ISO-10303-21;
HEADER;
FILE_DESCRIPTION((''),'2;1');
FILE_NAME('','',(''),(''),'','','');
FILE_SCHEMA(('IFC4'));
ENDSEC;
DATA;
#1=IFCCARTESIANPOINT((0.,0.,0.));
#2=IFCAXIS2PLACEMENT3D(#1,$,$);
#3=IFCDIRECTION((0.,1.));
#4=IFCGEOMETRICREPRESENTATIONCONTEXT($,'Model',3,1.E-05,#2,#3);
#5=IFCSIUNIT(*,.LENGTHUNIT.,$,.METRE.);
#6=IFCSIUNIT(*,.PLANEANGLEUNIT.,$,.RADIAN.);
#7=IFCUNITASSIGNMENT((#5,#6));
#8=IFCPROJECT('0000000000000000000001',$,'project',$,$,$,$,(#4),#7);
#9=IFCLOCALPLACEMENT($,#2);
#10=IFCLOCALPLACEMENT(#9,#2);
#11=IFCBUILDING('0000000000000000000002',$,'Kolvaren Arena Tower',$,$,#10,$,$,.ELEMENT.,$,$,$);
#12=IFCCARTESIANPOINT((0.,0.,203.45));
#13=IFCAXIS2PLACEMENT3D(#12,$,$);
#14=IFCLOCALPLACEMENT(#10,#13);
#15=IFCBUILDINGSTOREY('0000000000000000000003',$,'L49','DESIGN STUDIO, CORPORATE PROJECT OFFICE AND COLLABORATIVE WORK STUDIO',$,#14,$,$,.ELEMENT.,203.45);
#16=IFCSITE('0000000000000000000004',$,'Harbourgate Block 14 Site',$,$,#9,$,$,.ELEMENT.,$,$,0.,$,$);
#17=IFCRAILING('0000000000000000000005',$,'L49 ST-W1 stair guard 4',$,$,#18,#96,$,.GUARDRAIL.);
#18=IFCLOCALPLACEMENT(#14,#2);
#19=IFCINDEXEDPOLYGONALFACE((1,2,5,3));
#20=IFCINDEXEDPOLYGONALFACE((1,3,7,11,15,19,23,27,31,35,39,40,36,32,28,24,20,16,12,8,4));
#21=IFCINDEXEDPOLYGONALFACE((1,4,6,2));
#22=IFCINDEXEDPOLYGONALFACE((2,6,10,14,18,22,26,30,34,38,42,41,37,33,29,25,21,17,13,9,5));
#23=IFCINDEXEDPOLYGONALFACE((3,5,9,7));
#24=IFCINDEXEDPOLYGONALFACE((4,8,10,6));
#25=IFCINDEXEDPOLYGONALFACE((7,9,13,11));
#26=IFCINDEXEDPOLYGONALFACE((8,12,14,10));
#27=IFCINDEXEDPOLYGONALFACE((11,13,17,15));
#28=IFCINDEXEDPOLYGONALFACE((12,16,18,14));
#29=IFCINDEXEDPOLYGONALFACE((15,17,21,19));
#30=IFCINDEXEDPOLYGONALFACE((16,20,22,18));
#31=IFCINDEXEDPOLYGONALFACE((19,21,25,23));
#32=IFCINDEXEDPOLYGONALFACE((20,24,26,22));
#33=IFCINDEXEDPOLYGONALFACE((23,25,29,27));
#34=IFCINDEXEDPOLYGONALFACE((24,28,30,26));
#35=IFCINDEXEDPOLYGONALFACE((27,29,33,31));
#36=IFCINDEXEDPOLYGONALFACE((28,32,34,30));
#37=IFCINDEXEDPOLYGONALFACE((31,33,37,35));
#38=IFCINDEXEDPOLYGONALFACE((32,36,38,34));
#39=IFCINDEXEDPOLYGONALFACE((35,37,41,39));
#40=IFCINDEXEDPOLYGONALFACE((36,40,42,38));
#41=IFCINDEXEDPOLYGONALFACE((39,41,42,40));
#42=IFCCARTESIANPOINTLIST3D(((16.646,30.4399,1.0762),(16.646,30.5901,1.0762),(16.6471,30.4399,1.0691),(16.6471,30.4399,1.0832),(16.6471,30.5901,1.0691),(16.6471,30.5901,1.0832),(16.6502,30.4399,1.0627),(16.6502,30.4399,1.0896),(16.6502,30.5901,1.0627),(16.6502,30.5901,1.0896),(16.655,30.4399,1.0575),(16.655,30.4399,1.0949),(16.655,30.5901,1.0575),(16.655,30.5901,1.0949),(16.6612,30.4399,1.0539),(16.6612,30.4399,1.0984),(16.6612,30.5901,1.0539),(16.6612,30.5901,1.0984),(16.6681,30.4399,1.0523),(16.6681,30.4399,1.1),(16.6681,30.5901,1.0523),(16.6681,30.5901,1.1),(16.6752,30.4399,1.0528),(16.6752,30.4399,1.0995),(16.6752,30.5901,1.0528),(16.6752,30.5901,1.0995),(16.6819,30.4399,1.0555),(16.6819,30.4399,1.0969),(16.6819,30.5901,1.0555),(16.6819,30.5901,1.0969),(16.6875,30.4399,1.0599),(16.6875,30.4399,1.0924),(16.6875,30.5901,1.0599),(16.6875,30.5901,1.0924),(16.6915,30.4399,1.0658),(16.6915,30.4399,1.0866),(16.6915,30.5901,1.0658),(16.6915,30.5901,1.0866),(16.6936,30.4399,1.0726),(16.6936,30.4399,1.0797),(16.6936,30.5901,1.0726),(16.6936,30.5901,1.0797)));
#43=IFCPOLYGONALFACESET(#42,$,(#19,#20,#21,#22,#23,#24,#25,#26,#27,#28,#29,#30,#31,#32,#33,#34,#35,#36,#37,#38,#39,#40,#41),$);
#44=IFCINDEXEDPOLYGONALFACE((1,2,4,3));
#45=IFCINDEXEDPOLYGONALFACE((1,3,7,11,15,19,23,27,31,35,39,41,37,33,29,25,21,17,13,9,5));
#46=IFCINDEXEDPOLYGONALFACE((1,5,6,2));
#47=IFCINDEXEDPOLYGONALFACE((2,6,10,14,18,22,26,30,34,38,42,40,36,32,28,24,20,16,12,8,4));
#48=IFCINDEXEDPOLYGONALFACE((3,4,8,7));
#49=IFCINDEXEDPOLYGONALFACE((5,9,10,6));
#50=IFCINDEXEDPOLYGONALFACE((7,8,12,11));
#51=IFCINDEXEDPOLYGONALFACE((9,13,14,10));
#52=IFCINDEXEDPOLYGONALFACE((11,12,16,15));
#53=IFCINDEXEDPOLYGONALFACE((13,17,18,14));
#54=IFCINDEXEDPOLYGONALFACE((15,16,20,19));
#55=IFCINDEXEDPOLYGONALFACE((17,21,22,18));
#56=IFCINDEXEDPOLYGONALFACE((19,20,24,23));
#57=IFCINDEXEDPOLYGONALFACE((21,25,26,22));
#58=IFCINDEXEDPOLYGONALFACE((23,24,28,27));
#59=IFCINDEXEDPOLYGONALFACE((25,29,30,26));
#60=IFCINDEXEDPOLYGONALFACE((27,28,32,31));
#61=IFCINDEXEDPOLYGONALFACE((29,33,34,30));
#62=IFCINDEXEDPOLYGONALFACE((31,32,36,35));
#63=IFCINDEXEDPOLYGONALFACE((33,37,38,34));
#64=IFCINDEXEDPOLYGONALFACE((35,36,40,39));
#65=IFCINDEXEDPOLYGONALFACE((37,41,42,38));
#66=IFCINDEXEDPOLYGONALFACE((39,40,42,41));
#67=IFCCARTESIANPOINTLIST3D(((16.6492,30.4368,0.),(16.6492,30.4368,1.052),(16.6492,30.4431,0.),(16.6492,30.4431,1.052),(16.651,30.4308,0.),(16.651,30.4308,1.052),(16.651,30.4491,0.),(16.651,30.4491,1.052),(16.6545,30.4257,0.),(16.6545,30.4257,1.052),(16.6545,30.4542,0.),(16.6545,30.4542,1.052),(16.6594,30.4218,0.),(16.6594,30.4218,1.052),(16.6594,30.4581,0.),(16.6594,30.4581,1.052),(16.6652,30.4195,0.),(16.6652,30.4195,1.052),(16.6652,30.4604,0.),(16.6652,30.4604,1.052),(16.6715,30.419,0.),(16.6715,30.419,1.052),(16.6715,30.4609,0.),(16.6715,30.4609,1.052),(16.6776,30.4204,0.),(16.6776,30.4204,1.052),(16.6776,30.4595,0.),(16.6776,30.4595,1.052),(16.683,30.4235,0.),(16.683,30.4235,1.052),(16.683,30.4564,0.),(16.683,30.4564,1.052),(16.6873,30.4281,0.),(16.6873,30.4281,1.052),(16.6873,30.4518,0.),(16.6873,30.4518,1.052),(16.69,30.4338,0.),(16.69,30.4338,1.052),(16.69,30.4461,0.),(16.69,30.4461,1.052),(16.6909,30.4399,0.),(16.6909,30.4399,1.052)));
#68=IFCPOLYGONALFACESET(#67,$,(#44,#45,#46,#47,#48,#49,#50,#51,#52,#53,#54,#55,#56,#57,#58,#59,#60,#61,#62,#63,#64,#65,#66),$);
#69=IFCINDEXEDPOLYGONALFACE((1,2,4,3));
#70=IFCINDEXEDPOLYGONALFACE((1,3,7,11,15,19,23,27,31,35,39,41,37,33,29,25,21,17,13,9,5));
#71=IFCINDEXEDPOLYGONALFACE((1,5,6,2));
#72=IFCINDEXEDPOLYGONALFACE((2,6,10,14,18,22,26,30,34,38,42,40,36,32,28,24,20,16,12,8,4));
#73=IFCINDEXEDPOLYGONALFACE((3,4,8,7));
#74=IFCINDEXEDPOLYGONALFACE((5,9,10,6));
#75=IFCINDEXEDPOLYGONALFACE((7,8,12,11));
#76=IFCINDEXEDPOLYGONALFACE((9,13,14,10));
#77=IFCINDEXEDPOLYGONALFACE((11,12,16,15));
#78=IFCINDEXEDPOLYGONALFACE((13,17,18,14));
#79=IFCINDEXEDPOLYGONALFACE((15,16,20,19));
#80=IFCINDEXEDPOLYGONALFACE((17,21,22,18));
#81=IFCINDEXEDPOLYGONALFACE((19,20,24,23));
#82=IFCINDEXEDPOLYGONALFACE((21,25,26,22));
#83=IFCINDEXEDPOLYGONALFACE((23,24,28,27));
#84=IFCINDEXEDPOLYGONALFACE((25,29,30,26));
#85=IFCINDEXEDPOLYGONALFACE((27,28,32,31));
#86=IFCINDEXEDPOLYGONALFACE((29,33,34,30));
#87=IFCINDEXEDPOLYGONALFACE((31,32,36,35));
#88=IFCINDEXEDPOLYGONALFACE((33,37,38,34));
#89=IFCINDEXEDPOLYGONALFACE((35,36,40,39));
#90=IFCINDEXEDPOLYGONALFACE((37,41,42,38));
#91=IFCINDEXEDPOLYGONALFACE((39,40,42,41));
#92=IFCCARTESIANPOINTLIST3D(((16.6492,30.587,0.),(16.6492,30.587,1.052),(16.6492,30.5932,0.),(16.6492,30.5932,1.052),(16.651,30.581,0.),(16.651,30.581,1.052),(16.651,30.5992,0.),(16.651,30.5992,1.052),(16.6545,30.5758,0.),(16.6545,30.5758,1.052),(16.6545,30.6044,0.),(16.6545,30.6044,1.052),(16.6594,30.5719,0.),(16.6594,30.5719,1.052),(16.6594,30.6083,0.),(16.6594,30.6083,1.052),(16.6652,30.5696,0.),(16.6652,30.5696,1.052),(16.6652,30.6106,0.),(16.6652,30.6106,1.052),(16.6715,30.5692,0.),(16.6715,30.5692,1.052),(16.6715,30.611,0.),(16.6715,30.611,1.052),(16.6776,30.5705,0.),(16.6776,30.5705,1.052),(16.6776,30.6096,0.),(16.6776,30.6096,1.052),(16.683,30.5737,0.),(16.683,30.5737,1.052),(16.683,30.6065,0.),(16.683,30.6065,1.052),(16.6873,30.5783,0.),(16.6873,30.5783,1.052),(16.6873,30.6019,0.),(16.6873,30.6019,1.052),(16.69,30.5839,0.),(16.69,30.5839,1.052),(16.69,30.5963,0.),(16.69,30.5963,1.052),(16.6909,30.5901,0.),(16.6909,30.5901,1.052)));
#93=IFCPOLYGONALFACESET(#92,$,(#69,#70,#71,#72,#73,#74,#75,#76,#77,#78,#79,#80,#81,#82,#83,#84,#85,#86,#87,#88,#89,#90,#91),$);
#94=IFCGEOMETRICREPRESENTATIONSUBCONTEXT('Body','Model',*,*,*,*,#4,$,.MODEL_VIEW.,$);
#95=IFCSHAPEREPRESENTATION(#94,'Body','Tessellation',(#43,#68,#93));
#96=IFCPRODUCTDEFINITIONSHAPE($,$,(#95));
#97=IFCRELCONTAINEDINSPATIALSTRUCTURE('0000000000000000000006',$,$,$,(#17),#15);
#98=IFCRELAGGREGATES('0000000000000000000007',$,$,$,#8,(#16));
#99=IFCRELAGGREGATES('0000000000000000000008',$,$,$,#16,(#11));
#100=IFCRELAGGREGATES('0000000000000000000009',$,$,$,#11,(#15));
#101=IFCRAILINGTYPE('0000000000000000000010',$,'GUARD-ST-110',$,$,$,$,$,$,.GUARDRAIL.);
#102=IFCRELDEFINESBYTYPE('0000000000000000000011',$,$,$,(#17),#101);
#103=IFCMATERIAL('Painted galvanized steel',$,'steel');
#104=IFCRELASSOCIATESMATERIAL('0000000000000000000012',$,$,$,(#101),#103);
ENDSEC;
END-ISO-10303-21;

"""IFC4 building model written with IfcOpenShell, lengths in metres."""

from ifc_helpers import new_model, si_unit, direction, frame, origin, origin_2d, place, context, subcontext, project, spatial, circle, extrude, material, type_object, element, save


model = new_model("IFC4")

# Units and contexts
model_context = context("Model", 3, precision=1e-05, world=origin(), true_north=direction((0.0, 1.0)))
body_context = subcontext(model_context, "Body", "Model", "MODEL_VIEW")
ifc_project = project(units=[si_unit("LENGTHUNIT", "METRE"), si_unit("PLANEANGLEUNIT", "RADIAN")], contexts=[model_context])

# Site, building, storey
site_placement = place(None, origin())
site = spatial("IfcSite", under=ifc_project, at=site_placement, Name="Harbourgate Block 14 Site", CompositionType="ELEMENT", RefElevation=0.0)
building_placement = place(site_placement, origin())
building = spatial("IfcBuilding", under=site, at=building_placement, Name="Kolvaren Arena Tower", CompositionType="ELEMENT")
storey_placement = place(building_placement, frame((0.0, 0.0, 203.45)))
storey = spatial("IfcBuildingStorey", under=building, at=storey_placement, Name="L49", Description="DESIGN STUDIO, CORPORATE PROJECT OFFICE AND COLLABORATIVE WORK STUDIO", CompositionType="ELEMENT", Elevation=203.45)

# Railing
ifc_material_1 = material(Name="Painted galvanized steel", Category="steel")
railing_type_1 = type_object("IfcRailingType", Name="GUARD-ST-110", PredefinedType="GUARDRAIL", material=ifc_material_1)
railing_1_placement = place(storey_placement, frame((16.6699, 30.4399, 0.0)))
element("IfcRailing", 1, at=railing_1_placement, inside=storey, type_object=railing_type_1, Name="L49 ST-W1 stair guard 4", PredefinedType="GUARDRAIL", context=body_context, shape_type="SweptSolid", body=[
    extrude(circle(Radius=0.0239, at=origin_2d()), frame((0.0, 0.0, 1.0762), z_axis=(0.0, 1.0, 0.0), x_axis=(-1.0, 0.0, 0.0)), (0.0, 0.0, 1.0), 0.1501),
    extrude(circle(Radius=0.021, at=origin_2d()), origin(), (0.0, 0.0, 1.0), 1.052),
    extrude(circle(Radius=0.021, at=origin_2d()), frame((0.0, 0.1501, 0.0)), (0.0, 0.0, 1.0), 1.052),
])

save(model, "model.ifc")
